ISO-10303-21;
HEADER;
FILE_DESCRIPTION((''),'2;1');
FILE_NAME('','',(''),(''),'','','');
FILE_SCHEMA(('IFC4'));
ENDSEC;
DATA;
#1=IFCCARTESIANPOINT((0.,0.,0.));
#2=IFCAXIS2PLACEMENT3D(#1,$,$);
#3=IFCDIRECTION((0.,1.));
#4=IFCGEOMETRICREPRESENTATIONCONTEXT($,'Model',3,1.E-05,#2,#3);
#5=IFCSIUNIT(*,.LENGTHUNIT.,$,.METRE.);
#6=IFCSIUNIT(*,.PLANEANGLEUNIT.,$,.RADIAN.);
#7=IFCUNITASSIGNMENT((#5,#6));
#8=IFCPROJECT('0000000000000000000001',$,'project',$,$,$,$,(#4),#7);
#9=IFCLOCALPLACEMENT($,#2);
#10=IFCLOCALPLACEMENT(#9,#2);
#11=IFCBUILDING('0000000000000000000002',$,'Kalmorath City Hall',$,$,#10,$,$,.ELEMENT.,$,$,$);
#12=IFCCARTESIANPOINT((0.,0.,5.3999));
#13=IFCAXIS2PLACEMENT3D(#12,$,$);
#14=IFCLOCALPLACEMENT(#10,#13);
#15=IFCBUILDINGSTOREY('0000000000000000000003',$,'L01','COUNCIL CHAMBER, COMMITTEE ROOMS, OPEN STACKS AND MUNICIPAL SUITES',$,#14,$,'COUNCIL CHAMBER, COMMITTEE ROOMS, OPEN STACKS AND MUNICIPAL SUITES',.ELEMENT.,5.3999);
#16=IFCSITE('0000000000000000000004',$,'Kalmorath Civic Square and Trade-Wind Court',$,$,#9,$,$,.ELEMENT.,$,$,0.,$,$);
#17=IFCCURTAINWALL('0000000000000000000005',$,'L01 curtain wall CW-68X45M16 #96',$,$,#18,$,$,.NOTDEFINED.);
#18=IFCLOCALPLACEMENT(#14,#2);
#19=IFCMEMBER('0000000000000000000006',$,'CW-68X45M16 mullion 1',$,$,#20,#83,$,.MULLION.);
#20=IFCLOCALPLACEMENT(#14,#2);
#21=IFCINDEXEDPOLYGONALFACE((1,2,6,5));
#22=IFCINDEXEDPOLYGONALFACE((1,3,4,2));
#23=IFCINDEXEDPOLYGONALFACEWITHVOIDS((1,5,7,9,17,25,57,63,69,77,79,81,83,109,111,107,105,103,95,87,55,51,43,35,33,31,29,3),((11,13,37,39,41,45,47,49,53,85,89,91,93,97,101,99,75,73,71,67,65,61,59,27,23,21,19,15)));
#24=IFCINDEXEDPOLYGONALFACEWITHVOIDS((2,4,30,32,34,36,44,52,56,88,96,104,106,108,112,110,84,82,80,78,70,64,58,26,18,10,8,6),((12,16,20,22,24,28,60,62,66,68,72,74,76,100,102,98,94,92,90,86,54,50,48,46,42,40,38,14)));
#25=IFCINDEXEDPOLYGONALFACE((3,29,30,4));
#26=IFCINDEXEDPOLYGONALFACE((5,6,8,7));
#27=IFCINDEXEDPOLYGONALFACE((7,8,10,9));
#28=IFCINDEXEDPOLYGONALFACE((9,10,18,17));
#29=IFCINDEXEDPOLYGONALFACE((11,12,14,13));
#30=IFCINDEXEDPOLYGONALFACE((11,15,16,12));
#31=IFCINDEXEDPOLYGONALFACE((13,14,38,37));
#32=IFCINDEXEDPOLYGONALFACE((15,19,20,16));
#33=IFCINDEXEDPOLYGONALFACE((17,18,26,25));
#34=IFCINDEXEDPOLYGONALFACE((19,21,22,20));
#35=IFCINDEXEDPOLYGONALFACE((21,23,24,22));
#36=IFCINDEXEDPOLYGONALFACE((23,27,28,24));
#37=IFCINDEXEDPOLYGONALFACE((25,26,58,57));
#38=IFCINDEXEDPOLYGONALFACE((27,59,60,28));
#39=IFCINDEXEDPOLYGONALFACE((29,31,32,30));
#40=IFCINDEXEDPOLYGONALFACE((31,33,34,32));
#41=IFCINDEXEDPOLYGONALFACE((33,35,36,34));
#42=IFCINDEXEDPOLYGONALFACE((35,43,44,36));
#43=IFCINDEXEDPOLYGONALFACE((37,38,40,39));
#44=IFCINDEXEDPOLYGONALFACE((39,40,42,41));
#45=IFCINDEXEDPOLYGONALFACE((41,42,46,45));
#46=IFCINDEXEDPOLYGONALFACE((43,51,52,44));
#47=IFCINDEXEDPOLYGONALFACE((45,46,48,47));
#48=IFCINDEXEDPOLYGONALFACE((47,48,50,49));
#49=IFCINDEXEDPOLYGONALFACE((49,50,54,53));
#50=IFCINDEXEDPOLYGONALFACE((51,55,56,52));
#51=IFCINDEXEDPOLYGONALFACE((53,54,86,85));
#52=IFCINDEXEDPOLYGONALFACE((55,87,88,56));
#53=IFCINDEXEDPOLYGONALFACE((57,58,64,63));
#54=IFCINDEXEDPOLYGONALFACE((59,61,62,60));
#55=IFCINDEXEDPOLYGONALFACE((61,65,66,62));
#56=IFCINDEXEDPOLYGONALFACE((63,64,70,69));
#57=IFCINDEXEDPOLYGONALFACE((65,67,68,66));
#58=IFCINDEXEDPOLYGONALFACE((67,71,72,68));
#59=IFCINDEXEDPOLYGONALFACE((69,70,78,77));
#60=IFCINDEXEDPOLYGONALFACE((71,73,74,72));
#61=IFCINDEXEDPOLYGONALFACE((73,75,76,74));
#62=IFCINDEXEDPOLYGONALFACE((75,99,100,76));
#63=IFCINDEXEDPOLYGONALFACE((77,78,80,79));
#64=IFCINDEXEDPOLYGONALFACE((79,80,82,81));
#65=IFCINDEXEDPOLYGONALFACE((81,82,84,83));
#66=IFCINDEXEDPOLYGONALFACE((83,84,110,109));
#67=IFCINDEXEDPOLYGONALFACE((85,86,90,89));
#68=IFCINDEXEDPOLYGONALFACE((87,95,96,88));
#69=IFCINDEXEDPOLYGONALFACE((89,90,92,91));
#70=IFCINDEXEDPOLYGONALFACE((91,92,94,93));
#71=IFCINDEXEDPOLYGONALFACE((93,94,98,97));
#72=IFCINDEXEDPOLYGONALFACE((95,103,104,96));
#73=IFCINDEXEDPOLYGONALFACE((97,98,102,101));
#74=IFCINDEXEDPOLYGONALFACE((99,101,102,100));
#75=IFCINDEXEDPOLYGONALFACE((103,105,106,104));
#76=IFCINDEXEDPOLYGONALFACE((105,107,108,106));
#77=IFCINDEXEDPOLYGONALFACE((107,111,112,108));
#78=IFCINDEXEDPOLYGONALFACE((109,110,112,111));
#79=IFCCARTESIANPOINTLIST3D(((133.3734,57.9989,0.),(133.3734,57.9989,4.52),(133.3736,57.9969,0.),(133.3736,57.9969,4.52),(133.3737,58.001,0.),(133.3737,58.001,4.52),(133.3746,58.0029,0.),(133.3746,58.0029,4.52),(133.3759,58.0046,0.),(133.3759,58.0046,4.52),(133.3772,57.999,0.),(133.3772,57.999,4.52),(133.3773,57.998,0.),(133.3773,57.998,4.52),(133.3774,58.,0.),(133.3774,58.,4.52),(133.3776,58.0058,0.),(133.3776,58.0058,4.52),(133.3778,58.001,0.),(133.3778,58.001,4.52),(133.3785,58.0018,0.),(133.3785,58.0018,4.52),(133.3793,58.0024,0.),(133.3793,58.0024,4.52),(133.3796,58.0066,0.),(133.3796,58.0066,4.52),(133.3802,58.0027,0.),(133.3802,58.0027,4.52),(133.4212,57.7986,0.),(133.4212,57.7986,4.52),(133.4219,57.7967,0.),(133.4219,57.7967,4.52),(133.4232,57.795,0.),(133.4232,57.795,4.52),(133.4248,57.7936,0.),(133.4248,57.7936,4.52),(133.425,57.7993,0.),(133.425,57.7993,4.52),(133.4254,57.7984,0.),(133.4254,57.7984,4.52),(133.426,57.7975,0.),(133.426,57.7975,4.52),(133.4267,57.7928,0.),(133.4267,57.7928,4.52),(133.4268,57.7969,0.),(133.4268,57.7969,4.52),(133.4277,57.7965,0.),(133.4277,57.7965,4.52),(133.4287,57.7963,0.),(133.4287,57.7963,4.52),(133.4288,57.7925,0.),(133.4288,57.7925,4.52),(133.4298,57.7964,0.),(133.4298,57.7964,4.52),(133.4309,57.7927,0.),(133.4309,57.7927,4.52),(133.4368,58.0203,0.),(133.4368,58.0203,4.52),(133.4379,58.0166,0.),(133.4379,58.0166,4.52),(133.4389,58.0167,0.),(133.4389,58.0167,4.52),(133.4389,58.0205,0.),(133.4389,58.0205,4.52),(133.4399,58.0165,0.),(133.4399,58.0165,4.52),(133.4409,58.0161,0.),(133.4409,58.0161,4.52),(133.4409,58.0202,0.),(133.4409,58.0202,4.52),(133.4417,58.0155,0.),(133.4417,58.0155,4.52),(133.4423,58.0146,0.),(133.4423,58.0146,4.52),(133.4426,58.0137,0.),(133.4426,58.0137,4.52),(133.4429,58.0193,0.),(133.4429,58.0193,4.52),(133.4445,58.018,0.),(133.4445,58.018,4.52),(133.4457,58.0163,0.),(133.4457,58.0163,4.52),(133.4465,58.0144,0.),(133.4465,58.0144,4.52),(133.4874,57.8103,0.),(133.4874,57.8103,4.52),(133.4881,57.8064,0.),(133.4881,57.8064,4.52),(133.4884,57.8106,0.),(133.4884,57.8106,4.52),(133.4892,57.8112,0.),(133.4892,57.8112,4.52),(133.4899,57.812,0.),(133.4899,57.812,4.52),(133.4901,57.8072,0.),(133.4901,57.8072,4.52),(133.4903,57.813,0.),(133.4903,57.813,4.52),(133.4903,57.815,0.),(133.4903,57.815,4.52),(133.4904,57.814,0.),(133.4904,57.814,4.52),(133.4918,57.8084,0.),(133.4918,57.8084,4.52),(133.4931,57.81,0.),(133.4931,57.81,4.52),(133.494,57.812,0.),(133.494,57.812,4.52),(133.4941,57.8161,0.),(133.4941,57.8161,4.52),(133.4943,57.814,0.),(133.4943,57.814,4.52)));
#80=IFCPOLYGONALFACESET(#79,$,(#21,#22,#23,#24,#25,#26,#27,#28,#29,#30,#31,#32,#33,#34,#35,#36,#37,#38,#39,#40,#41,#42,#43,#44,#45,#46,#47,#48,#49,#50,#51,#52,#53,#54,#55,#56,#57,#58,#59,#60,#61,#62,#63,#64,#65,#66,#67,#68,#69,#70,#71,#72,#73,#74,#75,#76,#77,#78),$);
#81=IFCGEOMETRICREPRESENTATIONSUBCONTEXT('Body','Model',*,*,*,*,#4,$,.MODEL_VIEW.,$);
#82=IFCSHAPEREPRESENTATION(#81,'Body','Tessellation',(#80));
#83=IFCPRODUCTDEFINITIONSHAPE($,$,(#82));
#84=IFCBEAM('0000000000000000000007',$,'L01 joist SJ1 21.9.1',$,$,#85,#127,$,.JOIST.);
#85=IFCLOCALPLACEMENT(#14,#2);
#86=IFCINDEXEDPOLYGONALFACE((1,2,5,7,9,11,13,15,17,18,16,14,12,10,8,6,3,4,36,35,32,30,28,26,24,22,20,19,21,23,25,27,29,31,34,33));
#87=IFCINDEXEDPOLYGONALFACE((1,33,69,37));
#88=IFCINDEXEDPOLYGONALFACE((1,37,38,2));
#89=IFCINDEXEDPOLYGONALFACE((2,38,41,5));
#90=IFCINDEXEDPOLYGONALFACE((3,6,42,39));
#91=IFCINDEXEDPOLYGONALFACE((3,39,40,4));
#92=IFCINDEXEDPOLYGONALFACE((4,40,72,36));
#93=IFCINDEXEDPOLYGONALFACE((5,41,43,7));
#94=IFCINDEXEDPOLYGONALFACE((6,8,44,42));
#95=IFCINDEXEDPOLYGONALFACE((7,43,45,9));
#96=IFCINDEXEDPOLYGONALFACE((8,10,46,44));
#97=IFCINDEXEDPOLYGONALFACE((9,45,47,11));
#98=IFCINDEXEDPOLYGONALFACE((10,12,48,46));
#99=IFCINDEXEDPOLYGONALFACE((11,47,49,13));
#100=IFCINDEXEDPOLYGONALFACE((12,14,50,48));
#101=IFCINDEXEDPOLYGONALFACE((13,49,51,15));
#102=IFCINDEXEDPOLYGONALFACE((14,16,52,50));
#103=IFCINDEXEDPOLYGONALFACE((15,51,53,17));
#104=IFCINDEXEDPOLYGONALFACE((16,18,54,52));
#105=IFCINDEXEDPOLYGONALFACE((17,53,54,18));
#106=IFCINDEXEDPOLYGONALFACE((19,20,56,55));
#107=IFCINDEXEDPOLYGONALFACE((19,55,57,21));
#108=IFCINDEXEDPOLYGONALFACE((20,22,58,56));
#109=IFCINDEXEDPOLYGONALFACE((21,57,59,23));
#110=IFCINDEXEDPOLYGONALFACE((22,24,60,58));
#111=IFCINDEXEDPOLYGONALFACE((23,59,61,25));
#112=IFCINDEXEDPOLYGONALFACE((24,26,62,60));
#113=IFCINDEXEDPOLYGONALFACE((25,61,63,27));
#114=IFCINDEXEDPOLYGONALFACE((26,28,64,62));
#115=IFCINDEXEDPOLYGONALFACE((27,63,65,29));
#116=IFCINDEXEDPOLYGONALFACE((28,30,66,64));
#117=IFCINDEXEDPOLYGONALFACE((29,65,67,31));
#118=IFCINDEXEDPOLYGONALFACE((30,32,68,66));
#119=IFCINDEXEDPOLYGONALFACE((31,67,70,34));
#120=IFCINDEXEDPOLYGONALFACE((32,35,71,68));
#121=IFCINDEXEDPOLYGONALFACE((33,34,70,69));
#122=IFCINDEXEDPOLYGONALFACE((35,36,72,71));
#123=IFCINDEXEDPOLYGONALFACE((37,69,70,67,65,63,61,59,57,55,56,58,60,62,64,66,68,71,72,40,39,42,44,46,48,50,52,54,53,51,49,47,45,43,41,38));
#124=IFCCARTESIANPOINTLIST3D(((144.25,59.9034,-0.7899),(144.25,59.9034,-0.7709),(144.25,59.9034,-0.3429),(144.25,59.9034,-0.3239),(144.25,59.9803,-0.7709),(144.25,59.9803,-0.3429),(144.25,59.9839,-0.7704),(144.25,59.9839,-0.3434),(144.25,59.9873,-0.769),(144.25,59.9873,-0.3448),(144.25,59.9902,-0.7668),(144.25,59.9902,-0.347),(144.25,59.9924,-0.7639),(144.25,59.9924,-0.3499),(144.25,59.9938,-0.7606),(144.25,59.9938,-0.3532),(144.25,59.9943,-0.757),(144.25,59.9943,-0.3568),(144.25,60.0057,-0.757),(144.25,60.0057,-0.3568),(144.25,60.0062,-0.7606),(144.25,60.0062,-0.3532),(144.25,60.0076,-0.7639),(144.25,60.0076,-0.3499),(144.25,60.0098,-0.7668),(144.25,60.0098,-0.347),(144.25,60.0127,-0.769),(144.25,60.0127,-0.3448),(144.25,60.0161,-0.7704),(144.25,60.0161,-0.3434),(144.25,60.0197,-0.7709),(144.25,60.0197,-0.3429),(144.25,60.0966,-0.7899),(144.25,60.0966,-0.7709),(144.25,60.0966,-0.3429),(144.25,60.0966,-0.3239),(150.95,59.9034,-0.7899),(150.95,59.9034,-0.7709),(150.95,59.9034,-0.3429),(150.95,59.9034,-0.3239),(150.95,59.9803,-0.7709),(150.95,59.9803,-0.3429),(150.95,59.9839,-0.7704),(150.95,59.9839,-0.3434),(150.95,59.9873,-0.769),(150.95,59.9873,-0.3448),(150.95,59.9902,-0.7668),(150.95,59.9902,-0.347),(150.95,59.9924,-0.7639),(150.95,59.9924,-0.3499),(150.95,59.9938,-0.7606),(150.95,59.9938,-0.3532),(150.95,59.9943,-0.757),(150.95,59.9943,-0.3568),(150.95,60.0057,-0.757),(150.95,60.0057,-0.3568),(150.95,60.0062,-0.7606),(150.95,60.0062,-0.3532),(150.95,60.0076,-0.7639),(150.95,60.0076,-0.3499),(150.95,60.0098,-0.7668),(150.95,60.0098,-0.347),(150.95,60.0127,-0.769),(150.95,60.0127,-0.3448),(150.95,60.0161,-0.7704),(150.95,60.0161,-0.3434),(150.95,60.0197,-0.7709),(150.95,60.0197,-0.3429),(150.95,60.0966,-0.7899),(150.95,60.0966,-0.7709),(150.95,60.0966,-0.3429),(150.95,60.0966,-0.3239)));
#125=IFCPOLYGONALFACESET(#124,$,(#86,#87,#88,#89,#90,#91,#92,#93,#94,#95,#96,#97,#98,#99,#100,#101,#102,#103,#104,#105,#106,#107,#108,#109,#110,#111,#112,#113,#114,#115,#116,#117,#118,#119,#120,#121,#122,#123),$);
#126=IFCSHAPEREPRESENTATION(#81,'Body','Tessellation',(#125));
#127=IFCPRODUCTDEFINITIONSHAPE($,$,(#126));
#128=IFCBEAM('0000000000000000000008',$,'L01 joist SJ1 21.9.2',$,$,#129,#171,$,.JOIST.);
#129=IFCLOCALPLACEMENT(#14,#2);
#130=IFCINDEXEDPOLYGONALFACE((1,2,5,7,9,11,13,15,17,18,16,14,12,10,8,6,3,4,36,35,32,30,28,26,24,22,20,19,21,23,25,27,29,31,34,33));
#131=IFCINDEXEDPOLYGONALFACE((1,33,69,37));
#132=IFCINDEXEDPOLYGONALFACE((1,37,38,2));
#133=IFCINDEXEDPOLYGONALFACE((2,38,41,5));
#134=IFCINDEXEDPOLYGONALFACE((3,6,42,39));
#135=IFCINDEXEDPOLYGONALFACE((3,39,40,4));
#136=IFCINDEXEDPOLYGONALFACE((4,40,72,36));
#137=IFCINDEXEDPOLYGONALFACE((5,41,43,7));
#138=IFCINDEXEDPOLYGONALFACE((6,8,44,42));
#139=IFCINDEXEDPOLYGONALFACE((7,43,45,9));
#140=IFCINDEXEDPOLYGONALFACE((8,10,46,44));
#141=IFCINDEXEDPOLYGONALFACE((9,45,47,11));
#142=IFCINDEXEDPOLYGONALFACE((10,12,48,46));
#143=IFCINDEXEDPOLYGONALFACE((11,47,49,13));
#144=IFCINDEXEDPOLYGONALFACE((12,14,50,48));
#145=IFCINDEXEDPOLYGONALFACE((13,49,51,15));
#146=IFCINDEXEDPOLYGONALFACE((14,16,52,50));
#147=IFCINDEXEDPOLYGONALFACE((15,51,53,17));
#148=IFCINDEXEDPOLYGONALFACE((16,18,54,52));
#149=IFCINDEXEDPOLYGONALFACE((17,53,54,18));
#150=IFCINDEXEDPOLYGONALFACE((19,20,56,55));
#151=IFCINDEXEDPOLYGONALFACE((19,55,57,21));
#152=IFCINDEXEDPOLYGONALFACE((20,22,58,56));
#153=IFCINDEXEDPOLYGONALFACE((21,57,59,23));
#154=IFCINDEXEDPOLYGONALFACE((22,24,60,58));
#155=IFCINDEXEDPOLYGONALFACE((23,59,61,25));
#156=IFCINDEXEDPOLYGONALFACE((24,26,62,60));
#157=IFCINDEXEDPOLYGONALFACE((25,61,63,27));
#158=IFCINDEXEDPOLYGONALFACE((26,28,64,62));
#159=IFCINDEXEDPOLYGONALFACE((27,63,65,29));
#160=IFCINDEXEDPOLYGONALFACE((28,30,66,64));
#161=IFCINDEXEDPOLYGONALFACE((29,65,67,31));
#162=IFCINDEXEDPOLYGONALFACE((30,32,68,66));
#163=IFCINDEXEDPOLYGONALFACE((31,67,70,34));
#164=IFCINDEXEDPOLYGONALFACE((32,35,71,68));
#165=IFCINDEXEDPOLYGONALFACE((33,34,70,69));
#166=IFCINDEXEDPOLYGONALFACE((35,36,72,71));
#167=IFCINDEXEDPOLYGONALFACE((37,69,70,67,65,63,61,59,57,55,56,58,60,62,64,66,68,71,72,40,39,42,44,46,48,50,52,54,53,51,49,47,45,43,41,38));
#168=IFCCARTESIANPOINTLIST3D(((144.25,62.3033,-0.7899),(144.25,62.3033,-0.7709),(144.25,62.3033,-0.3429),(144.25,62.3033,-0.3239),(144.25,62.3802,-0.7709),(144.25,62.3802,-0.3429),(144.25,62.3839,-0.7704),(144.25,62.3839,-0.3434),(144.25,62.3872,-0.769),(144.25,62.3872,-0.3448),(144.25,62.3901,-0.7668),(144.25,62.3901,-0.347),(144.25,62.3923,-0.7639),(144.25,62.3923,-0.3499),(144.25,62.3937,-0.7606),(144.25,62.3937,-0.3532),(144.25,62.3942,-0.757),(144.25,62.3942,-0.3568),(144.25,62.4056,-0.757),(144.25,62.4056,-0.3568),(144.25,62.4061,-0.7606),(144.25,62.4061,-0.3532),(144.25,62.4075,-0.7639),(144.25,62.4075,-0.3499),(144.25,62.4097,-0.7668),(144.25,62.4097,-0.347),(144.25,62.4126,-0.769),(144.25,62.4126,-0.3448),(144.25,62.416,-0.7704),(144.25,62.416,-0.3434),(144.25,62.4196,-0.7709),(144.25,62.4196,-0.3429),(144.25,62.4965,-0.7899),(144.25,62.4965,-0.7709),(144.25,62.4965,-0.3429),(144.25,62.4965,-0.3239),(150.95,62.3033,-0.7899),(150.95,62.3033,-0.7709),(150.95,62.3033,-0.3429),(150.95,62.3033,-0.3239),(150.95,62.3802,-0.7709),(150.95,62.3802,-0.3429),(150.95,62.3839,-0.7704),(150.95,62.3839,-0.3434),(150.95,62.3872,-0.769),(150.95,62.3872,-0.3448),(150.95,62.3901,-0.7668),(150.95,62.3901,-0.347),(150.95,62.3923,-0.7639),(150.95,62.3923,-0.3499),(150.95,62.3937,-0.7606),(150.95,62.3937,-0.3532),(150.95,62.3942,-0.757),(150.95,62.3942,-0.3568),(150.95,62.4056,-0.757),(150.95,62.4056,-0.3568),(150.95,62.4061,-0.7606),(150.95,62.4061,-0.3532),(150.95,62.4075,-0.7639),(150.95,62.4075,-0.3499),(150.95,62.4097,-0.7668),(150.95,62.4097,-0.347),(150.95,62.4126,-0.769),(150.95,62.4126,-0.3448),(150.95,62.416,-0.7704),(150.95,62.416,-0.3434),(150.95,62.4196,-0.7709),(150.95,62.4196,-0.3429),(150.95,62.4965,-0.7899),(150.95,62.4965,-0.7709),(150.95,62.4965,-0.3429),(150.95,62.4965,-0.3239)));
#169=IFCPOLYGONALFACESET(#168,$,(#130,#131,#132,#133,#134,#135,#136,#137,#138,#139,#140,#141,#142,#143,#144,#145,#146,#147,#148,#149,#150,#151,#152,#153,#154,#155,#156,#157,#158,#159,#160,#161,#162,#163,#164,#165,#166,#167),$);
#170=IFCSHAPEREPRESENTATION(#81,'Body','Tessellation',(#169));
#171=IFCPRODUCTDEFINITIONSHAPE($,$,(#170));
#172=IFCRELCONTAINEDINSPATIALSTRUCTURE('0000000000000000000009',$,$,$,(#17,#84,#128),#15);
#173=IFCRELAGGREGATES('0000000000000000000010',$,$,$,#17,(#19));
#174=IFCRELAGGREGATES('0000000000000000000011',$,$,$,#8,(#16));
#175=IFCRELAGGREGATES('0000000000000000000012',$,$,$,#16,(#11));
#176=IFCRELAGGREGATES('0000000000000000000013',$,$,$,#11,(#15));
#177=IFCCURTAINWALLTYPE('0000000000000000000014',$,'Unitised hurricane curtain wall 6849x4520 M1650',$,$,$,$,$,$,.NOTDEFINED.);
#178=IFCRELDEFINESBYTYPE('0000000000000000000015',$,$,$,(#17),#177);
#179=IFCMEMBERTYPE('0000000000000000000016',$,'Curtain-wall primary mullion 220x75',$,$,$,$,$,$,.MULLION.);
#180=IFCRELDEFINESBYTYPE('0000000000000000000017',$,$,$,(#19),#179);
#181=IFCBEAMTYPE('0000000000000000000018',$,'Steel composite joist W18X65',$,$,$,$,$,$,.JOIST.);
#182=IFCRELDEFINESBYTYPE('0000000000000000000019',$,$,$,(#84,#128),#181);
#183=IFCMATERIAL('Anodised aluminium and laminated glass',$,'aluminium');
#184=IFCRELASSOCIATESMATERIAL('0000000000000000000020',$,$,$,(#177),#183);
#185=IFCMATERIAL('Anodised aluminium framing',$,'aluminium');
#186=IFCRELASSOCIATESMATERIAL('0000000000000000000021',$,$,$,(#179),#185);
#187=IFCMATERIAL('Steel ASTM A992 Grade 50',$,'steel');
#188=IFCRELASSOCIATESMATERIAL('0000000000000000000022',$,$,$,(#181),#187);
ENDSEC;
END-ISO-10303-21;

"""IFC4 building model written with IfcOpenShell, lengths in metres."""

from ifc_helpers import new_model, si_unit, direction, frame, origin, origin_2d, place, context, subcontext, project, spatial, hollow_rectangle, i_section, extrude, material, material_profile, profile_set, type_object, element, aggregate, save


model = new_model("IFC4")

# Units and contexts
model_context = context("Model", 3, precision=1e-05, world=origin(), true_north=direction((0.0, 1.0)))
body_context = subcontext(model_context, "Body", "Model", "MODEL_VIEW")
ifc_project = project(units=[si_unit("LENGTHUNIT", "METRE"), si_unit("PLANEANGLEUNIT", "RADIAN")], contexts=[model_context])

# Site, building, storey
site_placement = place(None, origin())
site = spatial("IfcSite", under=ifc_project, at=site_placement, Name="Kalmorath Civic Square and Trade-Wind Court", CompositionType="ELEMENT", RefElevation=0.0)
building_placement = place(site_placement, origin())
building = spatial("IfcBuilding", under=site, at=building_placement, Name="Kalmorath City Hall", CompositionType="ELEMENT")
storey_placement = place(building_placement, frame((0.0, 0.0, 5.3999)))
storey = spatial("IfcBuildingStorey", under=building, at=storey_placement, Name="L01", Description="COUNCIL CHAMBER, COMMITTEE ROOMS, OPEN STACKS AND MUNICIPAL SUITES", LongName="COUNCIL CHAMBER, COMMITTEE ROOMS, OPEN STACKS AND MUNICIPAL SUITES", CompositionType="ELEMENT", Elevation=5.3999)

# Shared definitions
ifc_material_1 = material(Name="Anodised aluminium and laminated glass", Category="aluminium")
curtain_wall_type = type_object("IfcCurtainWallType", Name="Unitised hurricane curtain wall 6849x4520 M1650", PredefinedType="NOTDEFINED", material=ifc_material_1)

# Curtain wall
curtain_wall_1_placement = place(storey_placement, origin())
curtain_wall_1 = element("IfcCurtainWall", 1, at=curtain_wall_1_placement, inside=storey, type_object=curtain_wall_type, Name="L01 curtain wall CW-68X45M16 #96", PredefinedType="NOTDEFINED")

# Member
ifc_material_2 = material(Name="Anodised aluminium framing", Category="aluminium")
ifc_material_profile_1 = material_profile(ifc_material_2, hollow_rectangle(XDim=0.075, YDim=0.22, WallThickness=0.0039, InnerFilletRadius=0.0039, OuterFilletRadius=0.0081, at=origin_2d()), Name="ALU-MUL-220X75X4")
ifc_profile_set_1 = profile_set([ifc_material_profile_1], Name="Anodised aluminium framing")
member_type_1 = type_object("IfcMemberType", Name="Curtain-wall primary mullion 220x75", PredefinedType="MULLION", material=ifc_profile_set_1)
member_1_placement = place(storey_placement, frame((133.4338, 57.9065, 0.0), z_axis=(0.0, 0.0, 1.0), x_axis=(-0.972367, -0.233456, 0.0)))
member_1 = element("IfcMember", 2, at=member_1_placement, type_object=member_type_1, Name="CW-68X45M16 mullion 1", PredefinedType="MULLION", context=body_context, shape_type="SweptSolid", body=[
    extrude(hollow_rectangle(XDim=0.075, YDim=0.22, WallThickness=0.0039, InnerFilletRadius=0.0039, OuterFilletRadius=0.0081, at=origin_2d()), origin(), (0.0, 0.0, 1.0), 4.52),
])

# Beams
ifc_material_3 = material(Name="Steel ASTM A992 Grade 50", Category="steel")
ifc_material_profile_2 = material_profile(ifc_material_3, i_section(OverallWidth=0.1931, OverallDepth=0.4661, WebThickness=0.0115, FlangeThickness=0.019, FilletRadius=0.0139, at=origin_2d()), Name="W18X65")
ifc_profile_set_2 = profile_set([ifc_material_profile_2], Name="Steel ASTM A992 Grade 50")
beam_type_1 = type_object("IfcBeamType", Name="Steel composite joist W18X65", PredefinedType="JOIST", material=ifc_profile_set_2)
for number, where, z_axis, x_axis, name in (
    (3, (144.25, 60.0, -0.5569), (1.0, 0.0, 0.0), (0.0, 1.0, 0.0), "L01 joist SJ1 21.9.1"),
    (4, (144.25, 62.3999, -0.5569), (1.0, 0.0, 0.0), (0.0, 1.0, 0.0), "L01 joist SJ1 21.9.2"),
):
    element("IfcBeam", number, at=place(storey_placement, frame(where, z_axis=z_axis, x_axis=x_axis)), inside=storey, type_object=beam_type_1, Name=name, PredefinedType="JOIST", context=body_context, shape_type="SweptSolid", body=[
        extrude(i_section(OverallWidth=0.1931, OverallDepth=0.4661, WebThickness=0.0115, FlangeThickness=0.019, FilletRadius=0.0139, at=origin_2d()), origin(), (0.0, 0.0, 1.0), 6.7),
    ])

aggregate(curtain_wall_1, [member_1])

save(model, "model.ifc")
